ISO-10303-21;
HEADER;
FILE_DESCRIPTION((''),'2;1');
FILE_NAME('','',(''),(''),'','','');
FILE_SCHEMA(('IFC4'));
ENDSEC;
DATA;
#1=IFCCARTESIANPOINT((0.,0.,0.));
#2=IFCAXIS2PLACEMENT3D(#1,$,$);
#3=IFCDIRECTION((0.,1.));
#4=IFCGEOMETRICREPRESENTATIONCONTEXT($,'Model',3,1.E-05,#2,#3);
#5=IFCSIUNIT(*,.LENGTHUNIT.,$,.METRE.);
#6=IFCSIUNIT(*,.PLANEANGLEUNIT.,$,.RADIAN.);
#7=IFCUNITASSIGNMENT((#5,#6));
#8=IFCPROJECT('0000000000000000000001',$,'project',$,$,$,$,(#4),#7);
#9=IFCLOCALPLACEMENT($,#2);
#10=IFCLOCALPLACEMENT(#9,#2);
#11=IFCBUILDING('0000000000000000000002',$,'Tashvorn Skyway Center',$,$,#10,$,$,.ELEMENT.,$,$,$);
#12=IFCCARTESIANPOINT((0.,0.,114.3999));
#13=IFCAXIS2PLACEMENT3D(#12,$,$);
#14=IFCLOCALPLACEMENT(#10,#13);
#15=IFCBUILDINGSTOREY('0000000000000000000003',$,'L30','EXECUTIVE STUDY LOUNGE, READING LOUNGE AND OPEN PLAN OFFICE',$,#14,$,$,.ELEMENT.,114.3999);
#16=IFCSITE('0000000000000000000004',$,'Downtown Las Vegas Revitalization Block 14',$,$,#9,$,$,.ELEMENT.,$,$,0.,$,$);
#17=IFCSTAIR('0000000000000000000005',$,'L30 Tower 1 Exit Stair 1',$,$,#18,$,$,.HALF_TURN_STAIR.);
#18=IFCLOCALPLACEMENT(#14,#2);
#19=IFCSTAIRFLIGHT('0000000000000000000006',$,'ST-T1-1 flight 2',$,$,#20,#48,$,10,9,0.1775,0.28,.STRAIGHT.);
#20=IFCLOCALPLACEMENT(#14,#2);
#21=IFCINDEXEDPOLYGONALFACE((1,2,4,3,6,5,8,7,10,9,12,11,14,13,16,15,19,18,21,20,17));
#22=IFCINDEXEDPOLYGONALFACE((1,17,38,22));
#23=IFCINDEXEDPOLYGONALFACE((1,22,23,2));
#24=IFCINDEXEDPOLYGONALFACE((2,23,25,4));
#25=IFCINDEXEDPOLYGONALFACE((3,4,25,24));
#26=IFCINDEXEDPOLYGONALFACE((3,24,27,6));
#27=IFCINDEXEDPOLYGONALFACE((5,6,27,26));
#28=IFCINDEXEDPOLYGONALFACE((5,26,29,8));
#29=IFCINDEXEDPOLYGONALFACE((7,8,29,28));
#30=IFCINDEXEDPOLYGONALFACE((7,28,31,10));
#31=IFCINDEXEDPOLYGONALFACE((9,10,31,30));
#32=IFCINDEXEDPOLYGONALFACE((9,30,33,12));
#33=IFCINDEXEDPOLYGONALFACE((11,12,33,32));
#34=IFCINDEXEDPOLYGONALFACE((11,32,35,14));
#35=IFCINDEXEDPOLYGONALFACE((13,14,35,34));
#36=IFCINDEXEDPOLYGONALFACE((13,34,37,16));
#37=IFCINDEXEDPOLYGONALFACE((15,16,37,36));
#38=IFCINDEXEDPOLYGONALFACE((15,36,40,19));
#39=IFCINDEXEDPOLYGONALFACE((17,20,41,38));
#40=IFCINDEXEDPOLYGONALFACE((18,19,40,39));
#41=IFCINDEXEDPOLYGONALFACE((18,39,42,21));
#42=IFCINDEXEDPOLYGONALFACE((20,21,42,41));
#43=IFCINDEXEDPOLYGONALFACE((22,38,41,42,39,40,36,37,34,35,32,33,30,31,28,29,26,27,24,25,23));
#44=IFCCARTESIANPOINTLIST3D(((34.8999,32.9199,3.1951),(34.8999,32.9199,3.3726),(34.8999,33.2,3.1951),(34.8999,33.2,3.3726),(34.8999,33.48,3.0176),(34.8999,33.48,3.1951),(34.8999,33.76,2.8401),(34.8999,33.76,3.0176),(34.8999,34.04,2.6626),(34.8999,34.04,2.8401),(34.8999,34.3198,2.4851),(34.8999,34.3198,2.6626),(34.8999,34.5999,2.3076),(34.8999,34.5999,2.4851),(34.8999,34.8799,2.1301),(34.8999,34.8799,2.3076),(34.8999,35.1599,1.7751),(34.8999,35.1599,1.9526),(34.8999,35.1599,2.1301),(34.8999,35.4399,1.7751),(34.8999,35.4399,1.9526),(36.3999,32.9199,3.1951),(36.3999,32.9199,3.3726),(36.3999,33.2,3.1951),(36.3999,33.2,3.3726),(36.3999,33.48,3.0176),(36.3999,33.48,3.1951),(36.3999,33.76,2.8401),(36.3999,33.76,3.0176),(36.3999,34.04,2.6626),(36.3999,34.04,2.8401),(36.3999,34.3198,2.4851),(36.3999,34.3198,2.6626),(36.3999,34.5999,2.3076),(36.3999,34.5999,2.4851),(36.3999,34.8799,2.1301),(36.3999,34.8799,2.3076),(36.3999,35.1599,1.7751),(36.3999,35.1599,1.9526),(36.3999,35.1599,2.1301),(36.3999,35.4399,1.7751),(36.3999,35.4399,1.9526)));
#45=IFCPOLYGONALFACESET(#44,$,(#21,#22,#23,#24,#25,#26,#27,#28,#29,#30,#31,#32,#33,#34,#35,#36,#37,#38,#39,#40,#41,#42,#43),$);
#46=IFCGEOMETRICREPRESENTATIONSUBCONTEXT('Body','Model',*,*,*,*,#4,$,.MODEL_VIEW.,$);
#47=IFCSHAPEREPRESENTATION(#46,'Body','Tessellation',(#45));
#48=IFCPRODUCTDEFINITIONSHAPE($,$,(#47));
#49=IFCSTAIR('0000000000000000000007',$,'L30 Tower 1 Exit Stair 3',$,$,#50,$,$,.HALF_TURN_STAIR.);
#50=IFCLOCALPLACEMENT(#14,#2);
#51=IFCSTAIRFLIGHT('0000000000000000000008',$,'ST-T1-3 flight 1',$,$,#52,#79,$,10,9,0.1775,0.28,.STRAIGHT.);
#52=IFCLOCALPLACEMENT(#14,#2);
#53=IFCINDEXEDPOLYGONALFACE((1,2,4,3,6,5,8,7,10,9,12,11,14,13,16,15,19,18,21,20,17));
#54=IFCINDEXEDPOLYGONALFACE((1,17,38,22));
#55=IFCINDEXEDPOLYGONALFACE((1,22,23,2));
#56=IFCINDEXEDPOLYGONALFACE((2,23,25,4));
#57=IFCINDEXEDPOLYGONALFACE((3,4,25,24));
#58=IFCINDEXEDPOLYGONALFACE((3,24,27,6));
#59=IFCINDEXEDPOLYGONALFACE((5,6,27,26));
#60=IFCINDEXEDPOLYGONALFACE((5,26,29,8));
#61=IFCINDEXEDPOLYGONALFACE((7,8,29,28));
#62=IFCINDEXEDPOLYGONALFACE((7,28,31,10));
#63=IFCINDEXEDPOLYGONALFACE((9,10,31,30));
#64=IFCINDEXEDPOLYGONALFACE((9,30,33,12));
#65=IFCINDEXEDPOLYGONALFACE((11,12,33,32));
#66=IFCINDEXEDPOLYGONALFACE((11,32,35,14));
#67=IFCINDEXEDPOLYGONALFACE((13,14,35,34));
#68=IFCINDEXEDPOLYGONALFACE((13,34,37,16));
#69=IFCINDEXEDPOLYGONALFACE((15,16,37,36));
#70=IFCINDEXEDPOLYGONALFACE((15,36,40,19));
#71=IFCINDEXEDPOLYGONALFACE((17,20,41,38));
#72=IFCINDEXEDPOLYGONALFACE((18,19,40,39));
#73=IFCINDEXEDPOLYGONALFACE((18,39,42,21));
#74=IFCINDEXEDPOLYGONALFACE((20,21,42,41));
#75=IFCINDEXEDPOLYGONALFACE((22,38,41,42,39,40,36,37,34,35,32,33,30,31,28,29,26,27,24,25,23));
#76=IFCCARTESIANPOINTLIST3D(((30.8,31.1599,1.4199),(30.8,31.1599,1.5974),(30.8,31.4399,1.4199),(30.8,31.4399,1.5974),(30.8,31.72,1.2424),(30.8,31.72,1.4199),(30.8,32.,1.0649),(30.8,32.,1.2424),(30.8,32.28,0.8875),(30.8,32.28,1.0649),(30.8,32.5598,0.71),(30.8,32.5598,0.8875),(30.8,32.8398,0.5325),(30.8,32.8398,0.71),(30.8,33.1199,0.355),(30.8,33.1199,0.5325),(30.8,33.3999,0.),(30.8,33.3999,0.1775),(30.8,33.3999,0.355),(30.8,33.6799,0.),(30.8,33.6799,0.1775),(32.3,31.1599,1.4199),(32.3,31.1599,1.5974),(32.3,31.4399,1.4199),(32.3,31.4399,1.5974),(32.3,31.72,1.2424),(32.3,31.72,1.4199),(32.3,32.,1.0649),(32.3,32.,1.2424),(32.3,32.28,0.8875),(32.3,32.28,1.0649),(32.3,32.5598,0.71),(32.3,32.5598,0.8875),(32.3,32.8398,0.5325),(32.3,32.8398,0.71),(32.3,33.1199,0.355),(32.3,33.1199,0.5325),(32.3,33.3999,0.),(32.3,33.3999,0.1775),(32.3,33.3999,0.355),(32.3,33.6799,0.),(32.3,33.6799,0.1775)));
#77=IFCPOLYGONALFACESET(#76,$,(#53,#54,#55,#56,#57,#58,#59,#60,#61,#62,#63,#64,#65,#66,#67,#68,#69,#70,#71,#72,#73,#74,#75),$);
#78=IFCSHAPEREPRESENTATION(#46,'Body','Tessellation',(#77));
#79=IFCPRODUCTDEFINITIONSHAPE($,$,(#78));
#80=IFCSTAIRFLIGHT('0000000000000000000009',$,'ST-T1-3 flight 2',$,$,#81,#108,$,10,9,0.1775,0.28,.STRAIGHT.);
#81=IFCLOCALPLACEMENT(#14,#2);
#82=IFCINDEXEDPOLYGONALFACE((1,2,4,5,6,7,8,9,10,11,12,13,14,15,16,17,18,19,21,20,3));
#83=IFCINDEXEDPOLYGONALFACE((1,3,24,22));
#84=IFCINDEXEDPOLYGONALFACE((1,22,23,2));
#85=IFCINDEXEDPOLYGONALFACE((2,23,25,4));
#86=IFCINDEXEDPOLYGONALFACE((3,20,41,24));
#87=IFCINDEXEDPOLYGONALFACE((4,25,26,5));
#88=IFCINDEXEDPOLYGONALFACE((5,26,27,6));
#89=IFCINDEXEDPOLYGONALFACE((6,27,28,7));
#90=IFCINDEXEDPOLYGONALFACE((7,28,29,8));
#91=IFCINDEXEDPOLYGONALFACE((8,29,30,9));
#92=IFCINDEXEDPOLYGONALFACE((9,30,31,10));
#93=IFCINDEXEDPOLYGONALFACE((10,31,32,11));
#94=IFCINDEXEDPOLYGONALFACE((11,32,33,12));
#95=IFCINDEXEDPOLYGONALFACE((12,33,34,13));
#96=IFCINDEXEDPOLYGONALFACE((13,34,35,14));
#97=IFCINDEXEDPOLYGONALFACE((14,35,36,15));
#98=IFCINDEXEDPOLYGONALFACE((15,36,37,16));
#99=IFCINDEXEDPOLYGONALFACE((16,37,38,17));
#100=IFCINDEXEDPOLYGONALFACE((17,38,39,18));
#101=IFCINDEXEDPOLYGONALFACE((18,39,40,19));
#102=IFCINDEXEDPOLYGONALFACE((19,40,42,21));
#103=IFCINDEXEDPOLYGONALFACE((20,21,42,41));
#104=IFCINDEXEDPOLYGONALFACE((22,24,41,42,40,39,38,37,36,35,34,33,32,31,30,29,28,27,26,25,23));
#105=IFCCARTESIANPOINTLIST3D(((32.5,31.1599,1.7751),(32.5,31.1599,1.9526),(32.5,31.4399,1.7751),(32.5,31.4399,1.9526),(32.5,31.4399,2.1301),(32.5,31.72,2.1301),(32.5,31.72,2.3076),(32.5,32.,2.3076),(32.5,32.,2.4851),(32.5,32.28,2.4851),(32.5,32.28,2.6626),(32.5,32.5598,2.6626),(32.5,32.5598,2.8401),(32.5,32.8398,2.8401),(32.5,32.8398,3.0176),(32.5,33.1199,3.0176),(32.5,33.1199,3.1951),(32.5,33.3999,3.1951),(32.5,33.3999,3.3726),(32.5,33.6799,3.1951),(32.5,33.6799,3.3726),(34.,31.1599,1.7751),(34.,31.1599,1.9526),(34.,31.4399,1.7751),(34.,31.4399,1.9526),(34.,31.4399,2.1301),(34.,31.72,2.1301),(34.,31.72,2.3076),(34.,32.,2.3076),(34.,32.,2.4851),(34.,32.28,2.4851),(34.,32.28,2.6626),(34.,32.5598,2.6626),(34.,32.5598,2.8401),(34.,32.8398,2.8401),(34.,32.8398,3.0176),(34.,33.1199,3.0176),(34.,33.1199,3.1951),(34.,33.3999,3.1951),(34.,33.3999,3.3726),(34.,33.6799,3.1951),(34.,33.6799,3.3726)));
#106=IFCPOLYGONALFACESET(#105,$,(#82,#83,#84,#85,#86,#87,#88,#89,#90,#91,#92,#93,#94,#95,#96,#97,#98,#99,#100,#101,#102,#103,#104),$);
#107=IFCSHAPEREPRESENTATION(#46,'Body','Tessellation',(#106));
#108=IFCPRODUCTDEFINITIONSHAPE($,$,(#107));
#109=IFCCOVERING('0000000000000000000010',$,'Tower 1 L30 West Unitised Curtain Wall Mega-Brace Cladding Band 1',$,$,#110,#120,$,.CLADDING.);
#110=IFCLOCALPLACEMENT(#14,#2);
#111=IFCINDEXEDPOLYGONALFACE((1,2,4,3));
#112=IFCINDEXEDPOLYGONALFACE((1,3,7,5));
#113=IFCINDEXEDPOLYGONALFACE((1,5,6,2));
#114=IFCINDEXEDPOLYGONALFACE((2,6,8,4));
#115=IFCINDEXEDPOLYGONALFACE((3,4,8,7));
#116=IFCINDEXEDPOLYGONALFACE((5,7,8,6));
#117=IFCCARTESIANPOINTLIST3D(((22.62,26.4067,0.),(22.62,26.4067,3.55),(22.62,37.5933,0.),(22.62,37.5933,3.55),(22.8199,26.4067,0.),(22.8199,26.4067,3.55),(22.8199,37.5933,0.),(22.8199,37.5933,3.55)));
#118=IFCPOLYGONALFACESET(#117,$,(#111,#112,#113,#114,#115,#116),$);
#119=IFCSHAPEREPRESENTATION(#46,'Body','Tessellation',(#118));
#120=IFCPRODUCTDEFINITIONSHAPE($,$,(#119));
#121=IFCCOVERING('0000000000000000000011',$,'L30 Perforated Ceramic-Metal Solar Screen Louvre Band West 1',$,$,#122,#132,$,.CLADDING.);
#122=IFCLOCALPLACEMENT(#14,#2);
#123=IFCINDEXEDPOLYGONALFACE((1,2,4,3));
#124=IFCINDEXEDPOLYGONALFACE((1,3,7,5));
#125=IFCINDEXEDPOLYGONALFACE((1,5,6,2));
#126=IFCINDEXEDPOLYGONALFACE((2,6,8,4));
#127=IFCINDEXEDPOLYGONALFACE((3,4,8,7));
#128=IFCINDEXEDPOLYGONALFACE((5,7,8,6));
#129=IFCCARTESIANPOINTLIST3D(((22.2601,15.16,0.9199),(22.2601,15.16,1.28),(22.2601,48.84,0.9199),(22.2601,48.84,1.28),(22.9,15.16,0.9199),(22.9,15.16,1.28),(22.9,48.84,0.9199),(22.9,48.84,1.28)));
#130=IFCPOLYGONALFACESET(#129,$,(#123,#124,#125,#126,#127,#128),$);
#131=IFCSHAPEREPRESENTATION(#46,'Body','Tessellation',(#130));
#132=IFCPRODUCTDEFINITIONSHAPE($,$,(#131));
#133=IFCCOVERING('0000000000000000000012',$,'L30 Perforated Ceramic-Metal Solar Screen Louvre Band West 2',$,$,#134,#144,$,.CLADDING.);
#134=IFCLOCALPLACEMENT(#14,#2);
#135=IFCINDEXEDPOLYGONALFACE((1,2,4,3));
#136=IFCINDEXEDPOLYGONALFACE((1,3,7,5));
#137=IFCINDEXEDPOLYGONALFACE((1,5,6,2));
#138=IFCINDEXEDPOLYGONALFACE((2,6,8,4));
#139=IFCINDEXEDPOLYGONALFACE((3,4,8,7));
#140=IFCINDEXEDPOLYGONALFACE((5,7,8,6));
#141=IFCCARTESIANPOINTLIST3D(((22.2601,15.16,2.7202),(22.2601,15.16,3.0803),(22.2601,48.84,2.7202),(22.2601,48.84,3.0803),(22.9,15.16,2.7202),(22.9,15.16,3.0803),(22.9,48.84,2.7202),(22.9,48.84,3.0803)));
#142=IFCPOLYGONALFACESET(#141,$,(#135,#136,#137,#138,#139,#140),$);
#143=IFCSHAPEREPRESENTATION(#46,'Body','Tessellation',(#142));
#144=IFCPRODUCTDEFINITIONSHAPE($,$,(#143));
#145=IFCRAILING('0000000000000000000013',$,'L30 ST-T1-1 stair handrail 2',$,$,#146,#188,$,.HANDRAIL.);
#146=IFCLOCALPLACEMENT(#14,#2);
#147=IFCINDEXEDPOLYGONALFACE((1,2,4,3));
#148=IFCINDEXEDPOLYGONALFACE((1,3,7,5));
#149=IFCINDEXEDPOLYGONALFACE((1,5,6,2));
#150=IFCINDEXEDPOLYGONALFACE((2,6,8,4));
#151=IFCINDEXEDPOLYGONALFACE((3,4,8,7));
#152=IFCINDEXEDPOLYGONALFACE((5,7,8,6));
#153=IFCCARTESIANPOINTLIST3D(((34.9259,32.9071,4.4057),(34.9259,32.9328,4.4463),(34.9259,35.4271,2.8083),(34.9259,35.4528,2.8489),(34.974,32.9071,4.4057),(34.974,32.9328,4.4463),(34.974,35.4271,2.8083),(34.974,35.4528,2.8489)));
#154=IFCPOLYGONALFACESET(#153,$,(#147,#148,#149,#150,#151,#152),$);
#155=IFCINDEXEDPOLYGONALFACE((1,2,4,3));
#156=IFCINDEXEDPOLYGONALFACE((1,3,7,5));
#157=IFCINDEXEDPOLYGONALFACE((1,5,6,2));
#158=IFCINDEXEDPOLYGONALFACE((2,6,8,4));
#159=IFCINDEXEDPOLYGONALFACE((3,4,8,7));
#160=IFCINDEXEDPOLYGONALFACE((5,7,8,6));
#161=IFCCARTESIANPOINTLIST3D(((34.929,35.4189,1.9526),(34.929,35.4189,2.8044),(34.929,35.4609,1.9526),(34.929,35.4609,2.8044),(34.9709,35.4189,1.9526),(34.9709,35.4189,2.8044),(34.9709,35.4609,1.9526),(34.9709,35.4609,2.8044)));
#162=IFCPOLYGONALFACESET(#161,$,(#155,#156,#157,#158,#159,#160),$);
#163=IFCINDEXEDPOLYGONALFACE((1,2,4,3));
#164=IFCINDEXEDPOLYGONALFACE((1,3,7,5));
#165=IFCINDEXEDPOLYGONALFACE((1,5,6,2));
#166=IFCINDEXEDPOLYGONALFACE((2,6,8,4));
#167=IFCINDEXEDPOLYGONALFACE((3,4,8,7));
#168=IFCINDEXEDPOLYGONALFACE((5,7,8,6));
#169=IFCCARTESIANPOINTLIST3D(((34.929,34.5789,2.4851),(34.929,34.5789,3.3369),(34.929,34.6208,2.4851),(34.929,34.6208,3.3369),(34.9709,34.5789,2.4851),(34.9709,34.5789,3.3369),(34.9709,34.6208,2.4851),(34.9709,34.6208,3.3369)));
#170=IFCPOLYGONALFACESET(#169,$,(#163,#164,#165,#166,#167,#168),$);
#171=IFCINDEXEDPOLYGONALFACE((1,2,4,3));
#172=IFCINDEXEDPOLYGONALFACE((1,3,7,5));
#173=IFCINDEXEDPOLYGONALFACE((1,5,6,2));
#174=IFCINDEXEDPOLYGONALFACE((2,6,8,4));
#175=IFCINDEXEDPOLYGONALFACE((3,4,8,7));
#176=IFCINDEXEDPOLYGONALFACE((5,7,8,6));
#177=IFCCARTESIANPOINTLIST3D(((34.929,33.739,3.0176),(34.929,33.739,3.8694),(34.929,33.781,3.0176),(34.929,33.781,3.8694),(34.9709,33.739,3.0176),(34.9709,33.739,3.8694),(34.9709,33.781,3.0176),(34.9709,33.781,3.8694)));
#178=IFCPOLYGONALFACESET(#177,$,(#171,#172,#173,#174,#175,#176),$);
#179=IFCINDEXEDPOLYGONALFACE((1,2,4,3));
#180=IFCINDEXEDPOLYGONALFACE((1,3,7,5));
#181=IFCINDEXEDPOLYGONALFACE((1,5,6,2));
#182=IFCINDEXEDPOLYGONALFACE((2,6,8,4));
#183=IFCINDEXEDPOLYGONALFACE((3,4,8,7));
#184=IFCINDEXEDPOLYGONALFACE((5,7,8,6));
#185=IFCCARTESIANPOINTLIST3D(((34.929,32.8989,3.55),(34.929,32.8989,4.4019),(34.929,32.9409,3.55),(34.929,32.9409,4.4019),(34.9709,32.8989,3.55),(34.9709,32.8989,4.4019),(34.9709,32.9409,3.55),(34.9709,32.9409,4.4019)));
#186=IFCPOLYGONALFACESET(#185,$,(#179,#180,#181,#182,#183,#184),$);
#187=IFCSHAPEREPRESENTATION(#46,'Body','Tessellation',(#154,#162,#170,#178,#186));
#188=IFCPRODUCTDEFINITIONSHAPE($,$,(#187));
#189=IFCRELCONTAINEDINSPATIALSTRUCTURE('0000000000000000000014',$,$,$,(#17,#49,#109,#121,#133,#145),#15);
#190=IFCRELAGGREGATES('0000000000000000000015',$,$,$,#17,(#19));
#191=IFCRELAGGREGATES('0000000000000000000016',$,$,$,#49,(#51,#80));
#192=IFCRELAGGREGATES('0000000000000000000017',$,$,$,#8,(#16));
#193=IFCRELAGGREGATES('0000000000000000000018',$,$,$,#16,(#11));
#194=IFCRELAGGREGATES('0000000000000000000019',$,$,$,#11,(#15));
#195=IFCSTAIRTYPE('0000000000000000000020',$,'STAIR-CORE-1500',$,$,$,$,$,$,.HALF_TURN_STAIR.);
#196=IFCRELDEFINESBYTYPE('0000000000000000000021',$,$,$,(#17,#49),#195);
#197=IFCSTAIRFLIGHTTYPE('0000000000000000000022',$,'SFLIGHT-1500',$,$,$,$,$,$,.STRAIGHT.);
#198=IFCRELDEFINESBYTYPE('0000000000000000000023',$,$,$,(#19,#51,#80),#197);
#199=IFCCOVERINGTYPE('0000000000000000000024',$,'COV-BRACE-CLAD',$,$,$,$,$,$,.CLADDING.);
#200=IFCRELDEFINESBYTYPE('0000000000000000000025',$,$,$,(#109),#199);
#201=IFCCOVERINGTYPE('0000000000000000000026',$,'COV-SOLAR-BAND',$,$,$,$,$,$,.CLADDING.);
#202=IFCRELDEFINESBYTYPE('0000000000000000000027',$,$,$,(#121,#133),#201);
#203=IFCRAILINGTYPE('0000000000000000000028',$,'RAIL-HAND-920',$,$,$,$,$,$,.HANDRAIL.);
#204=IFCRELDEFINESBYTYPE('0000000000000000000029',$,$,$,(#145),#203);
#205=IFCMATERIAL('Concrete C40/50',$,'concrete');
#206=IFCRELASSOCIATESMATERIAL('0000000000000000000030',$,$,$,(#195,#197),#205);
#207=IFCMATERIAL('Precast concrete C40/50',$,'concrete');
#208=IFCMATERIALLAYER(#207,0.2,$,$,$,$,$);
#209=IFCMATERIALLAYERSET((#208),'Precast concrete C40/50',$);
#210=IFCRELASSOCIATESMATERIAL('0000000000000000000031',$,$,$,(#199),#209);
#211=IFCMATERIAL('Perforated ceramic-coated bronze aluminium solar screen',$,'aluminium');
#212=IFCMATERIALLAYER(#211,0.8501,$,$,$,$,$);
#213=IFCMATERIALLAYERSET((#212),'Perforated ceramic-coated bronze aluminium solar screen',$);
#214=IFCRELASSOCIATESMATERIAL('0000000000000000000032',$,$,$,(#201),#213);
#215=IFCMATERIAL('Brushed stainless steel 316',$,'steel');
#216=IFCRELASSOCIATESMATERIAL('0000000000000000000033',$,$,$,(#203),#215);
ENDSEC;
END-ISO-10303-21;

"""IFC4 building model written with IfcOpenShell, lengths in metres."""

from ifc_helpers import new_model, si_unit, direction, frame, origin, origin_2d, place, context, subcontext, project, spatial, polyline, rectangle, outline, extrude, material, layer, layer_set, type_object, element, aggregate, save


model = new_model("IFC4")

# Units and contexts
model_context = context("Model", 3, precision=1e-05, world=origin(), true_north=direction((0.0, 1.0)))
body_context = subcontext(model_context, "Body", "Model", "MODEL_VIEW")
ifc_project = project(units=[si_unit("LENGTHUNIT", "METRE"), si_unit("PLANEANGLEUNIT", "RADIAN")], contexts=[model_context])

# Site, building, storey
site_placement = place(None, origin())
site = spatial("IfcSite", under=ifc_project, at=site_placement, Name="Downtown Las Vegas Revitalization Block 14", CompositionType="ELEMENT", RefElevation=0.0)
building_placement = place(site_placement, origin())
building = spatial("IfcBuilding", under=site, at=building_placement, Name="Tashvorn Skyway Center", CompositionType="ELEMENT")
storey_placement = place(building_placement, frame((0.0, 0.0, 114.3999)))
storey = spatial("IfcBuildingStorey", under=building, at=storey_placement, Name="L30", Description="EXECUTIVE STUDY LOUNGE, READING LOUNGE AND OPEN PLAN OFFICE", CompositionType="ELEMENT", Elevation=114.3999)

# Shared definitions
ifc_material_1 = material(Name="Concrete C40/50", Category="concrete")

# Stair, stair flight
stair_type = type_object("IfcStairType", Name="STAIR-CORE-1500", PredefinedType="HALF_TURN_STAIR", material=ifc_material_1)
stair_1_placement = place(storey_placement, origin())
stair_1 = element("IfcStair", 1, at=stair_1_placement, inside=storey, type_object=stair_type, Name="L30 Tower 1 Exit Stair 1", PredefinedType="HALF_TURN_STAIR")
stair_flight_type = type_object("IfcStairFlightType", Name="SFLIGHT-1500", PredefinedType="STRAIGHT", material=ifc_material_1)
stair_flight_1_placement = place(storey_placement, frame((35.6499, 35.4399, 1.7751), z_axis=(0.0, 0.0, 1.0), x_axis=(0.0, -1.0, 0.0)))
stair_flight_1 = element("IfcStairFlight", 2, at=stair_flight_1_placement, type_object=stair_flight_type, Name="ST-T1-1 flight 2", NumberOfRisers=10, NumberOfTreads=9, PredefinedType="STRAIGHT", RiserHeight=0.1775, TreadLength=0.28, context=body_context, shape_type="SweptSolid", body=[
    extrude(outline(polyline([(0.0, 0.0), (0.0, 0.1775), (0.28, 0.1775), (0.28, 0.355), (0.5601, 0.355), (0.5601, 0.5325), (0.8401, 0.5325), (0.8401, 0.71), (1.1201, 0.71), (1.1201, 0.8875), (1.3999, 0.8875), (1.3999, 1.0649), (1.6799, 1.0649), (1.6799, 1.2424), (1.96, 1.2424), (1.96, 1.4199), (2.24, 1.4199), (2.24, 1.5974), (2.52, 1.5974), (2.52, 1.7749), (2.52, 1.4199), (0.28, 0.0), (0.0, 0.0)])), frame((0.0, 0.75, 0.0), z_axis=(0.0, -1.0, 0.0), x_axis=(1.0, 0.0, 0.0)), (0.0, 0.0, 1.0), 1.5),
])
aggregate(stair_1, [stair_flight_1])

# Stair, stair flights
stair_2_placement = place(storey_placement, origin())
stair_2 = element("IfcStair", 3, at=stair_2_placement, inside=storey, type_object=stair_type, Name="L30 Tower 1 Exit Stair 3", PredefinedType="HALF_TURN_STAIR")
stair_flight_2_placement = place(storey_placement, frame((31.55, 33.6799, 0.0), z_axis=(0.0, 0.0, 1.0), x_axis=(0.0, -1.0, 0.0)))
stair_flight_2 = element("IfcStairFlight", 4, at=stair_flight_2_placement, type_object=stair_flight_type, Name="ST-T1-3 flight 1", NumberOfRisers=10, NumberOfTreads=9, PredefinedType="STRAIGHT", RiserHeight=0.1775, TreadLength=0.28, context=body_context, shape_type="SweptSolid", body=[
    extrude(outline(polyline([(0.0, 0.0), (0.0, 0.1775), (0.28, 0.1775), (0.28, 0.355), (0.5601, 0.355), (0.5601, 0.5325), (0.8401, 0.5325), (0.8401, 0.71), (1.1201, 0.71), (1.1201, 0.8875), (1.3999, 0.8875), (1.3999, 1.0649), (1.6799, 1.0649), (1.6799, 1.2424), (1.96, 1.2424), (1.96, 1.4199), (2.24, 1.4199), (2.24, 1.5974), (2.52, 1.5974), (2.52, 1.7749), (2.52, 1.4199), (0.28, 0.0), (0.0, 0.0)])), frame((0.0, 0.75, 0.0), z_axis=(0.0, -1.0, 0.0), x_axis=(1.0, 0.0, 0.0)), (0.0, 0.0, 1.0), 1.5),
])
stair_flight_3_placement = place(storey_placement, frame((33.25, 31.1599, 1.7751), z_axis=(0.0, 0.0, 1.0), x_axis=(0.0, 1.0, 0.0)))
stair_flight_3 = element("IfcStairFlight", 5, at=stair_flight_3_placement, type_object=stair_flight_type, Name="ST-T1-3 flight 2", NumberOfRisers=10, NumberOfTreads=9, PredefinedType="STRAIGHT", RiserHeight=0.1775, TreadLength=0.28, context=body_context, shape_type="SweptSolid", body=[
    extrude(outline(polyline([(0.0, 0.0), (0.0, 0.1775), (0.28, 0.1775), (0.28, 0.355), (0.5601, 0.355), (0.5601, 0.5325), (0.8401, 0.5325), (0.8401, 0.71), (1.1201, 0.71), (1.1201, 0.8875), (1.3999, 0.8875), (1.3999, 1.0649), (1.6799, 1.0649), (1.6799, 1.2424), (1.96, 1.2424), (1.96, 1.4199), (2.24, 1.4199), (2.24, 1.5974), (2.52, 1.5974), (2.52, 1.7749), (2.52, 1.4199), (0.28, 0.0), (0.0, 0.0)])), frame((0.0, 0.75, 0.0), z_axis=(0.0, -1.0, 0.0), x_axis=(1.0, 0.0, 0.0)), (0.0, 0.0, 1.0), 1.5),
])
aggregate(stair_2, [stair_flight_2, stair_flight_3])

# Coverings
ifc_material_2 = material(Name="Precast concrete C40/50", Category="concrete")
ifc_layer_1 = layer(ifc_material_2, 0.2)
ifc_layer_set_1 = layer_set([ifc_layer_1], Name="Precast concrete C40/50")
covering_type_1 = type_object("IfcCoveringType", Name="COV-BRACE-CLAD", PredefinedType="CLADDING", material=ifc_layer_set_1)
covering_placement = place(storey_placement, frame((22.72, 32.0, 0.0), z_axis=(0.0, 0.0, 1.0), x_axis=(0.0, 1.0, 0.0)))
element("IfcCovering", 6, at=covering_placement, inside=storey, type_object=covering_type_1, Name="Tower 1 L30 West Unitised Curtain Wall Mega-Brace Cladding Band 1", PredefinedType="CLADDING", context=body_context, shape_type="SweptSolid", body=[
    extrude(rectangle(XDim=11.1865, YDim=0.2, at=origin_2d()), origin(), (0.0, 0.0, 1.0), 3.55),
])
ifc_material_3 = material(Name="Perforated ceramic-coated bronze aluminium solar screen", Category="aluminium")
ifc_layer_2 = layer(ifc_material_3, 0.8501)
ifc_layer_set_2 = layer_set([ifc_layer_2], Name="Perforated ceramic-coated bronze aluminium solar screen")
covering_type_2 = type_object("IfcCoveringType", Name="COV-SOLAR-BAND", PredefinedType="CLADDING", material=ifc_layer_set_2)
for number, where, z_axis, x_axis, name in (
    (7, (22.5801, 32.0, 0.9199), (0.0, 0.0, 1.0), (0.0, 1.0, 0.0), "L30 Perforated Ceramic-Metal Solar Screen Louvre Band West 1"),
    (8, (22.5801, 32.0, 2.7202), (0.0, 0.0, 1.0), (0.0, 1.0, 0.0), "L30 Perforated Ceramic-Metal Solar Screen Louvre Band West 2"),
):
    element("IfcCovering", number, at=place(storey_placement, frame(where, z_axis=z_axis, x_axis=x_axis)), inside=storey, type_object=covering_type_2, Name=name, PredefinedType="CLADDING", context=body_context, shape_type="SweptSolid", body=[
        extrude(rectangle(XDim=33.6799, YDim=0.6399, at=origin_2d()), origin(), (0.0, 0.0, 1.0), 0.3601),
    ])

# Railing
ifc_material_4 = material(Name="Brushed stainless steel 316", Category="steel")
railing_type_1 = type_object("IfcRailingType", Name="RAIL-HAND-920", PredefinedType="HANDRAIL", material=ifc_material_4)
railing_1_placement = place(storey_placement, frame((34.95, 35.4399, 1.9526)))
element("IfcRailing", 9, at=railing_1_placement, inside=storey, type_object=railing_type_1, Name="L30 ST-T1-1 stair handrail 2", PredefinedType="HANDRAIL", context=body_context, shape_type="SweptSolid", body=[
    extrude(rectangle(XDim=0.0481, YDim=0.0481, at=origin_2d()), frame((0.0, 0.0, 0.876), z_axis=(0.0, -0.844607, 0.535387), x_axis=(1.0, 0.0, 0.0)), (0.0, 0.0, 1.0), 2.9836),
    extrude(rectangle(XDim=0.042, YDim=0.042, at=origin_2d()), origin(), (0.0, 0.0, 1.0), 0.8518),
    extrude(rectangle(XDim=0.042, YDim=0.042, at=origin_2d()), frame((0.0, -0.8401, 0.5325)), (0.0, 0.0, 1.0), 0.8518),
    extrude(rectangle(XDim=0.042, YDim=0.042, at=origin_2d()), frame((0.0, -1.6799, 1.0649)), (0.0, 0.0, 1.0), 0.8518),
    extrude(rectangle(XDim=0.042, YDim=0.042, at=origin_2d()), frame((0.0, -2.52, 1.5974)), (0.0, 0.0, 1.0), 0.8518),
])

save(model, "model.ifc")
